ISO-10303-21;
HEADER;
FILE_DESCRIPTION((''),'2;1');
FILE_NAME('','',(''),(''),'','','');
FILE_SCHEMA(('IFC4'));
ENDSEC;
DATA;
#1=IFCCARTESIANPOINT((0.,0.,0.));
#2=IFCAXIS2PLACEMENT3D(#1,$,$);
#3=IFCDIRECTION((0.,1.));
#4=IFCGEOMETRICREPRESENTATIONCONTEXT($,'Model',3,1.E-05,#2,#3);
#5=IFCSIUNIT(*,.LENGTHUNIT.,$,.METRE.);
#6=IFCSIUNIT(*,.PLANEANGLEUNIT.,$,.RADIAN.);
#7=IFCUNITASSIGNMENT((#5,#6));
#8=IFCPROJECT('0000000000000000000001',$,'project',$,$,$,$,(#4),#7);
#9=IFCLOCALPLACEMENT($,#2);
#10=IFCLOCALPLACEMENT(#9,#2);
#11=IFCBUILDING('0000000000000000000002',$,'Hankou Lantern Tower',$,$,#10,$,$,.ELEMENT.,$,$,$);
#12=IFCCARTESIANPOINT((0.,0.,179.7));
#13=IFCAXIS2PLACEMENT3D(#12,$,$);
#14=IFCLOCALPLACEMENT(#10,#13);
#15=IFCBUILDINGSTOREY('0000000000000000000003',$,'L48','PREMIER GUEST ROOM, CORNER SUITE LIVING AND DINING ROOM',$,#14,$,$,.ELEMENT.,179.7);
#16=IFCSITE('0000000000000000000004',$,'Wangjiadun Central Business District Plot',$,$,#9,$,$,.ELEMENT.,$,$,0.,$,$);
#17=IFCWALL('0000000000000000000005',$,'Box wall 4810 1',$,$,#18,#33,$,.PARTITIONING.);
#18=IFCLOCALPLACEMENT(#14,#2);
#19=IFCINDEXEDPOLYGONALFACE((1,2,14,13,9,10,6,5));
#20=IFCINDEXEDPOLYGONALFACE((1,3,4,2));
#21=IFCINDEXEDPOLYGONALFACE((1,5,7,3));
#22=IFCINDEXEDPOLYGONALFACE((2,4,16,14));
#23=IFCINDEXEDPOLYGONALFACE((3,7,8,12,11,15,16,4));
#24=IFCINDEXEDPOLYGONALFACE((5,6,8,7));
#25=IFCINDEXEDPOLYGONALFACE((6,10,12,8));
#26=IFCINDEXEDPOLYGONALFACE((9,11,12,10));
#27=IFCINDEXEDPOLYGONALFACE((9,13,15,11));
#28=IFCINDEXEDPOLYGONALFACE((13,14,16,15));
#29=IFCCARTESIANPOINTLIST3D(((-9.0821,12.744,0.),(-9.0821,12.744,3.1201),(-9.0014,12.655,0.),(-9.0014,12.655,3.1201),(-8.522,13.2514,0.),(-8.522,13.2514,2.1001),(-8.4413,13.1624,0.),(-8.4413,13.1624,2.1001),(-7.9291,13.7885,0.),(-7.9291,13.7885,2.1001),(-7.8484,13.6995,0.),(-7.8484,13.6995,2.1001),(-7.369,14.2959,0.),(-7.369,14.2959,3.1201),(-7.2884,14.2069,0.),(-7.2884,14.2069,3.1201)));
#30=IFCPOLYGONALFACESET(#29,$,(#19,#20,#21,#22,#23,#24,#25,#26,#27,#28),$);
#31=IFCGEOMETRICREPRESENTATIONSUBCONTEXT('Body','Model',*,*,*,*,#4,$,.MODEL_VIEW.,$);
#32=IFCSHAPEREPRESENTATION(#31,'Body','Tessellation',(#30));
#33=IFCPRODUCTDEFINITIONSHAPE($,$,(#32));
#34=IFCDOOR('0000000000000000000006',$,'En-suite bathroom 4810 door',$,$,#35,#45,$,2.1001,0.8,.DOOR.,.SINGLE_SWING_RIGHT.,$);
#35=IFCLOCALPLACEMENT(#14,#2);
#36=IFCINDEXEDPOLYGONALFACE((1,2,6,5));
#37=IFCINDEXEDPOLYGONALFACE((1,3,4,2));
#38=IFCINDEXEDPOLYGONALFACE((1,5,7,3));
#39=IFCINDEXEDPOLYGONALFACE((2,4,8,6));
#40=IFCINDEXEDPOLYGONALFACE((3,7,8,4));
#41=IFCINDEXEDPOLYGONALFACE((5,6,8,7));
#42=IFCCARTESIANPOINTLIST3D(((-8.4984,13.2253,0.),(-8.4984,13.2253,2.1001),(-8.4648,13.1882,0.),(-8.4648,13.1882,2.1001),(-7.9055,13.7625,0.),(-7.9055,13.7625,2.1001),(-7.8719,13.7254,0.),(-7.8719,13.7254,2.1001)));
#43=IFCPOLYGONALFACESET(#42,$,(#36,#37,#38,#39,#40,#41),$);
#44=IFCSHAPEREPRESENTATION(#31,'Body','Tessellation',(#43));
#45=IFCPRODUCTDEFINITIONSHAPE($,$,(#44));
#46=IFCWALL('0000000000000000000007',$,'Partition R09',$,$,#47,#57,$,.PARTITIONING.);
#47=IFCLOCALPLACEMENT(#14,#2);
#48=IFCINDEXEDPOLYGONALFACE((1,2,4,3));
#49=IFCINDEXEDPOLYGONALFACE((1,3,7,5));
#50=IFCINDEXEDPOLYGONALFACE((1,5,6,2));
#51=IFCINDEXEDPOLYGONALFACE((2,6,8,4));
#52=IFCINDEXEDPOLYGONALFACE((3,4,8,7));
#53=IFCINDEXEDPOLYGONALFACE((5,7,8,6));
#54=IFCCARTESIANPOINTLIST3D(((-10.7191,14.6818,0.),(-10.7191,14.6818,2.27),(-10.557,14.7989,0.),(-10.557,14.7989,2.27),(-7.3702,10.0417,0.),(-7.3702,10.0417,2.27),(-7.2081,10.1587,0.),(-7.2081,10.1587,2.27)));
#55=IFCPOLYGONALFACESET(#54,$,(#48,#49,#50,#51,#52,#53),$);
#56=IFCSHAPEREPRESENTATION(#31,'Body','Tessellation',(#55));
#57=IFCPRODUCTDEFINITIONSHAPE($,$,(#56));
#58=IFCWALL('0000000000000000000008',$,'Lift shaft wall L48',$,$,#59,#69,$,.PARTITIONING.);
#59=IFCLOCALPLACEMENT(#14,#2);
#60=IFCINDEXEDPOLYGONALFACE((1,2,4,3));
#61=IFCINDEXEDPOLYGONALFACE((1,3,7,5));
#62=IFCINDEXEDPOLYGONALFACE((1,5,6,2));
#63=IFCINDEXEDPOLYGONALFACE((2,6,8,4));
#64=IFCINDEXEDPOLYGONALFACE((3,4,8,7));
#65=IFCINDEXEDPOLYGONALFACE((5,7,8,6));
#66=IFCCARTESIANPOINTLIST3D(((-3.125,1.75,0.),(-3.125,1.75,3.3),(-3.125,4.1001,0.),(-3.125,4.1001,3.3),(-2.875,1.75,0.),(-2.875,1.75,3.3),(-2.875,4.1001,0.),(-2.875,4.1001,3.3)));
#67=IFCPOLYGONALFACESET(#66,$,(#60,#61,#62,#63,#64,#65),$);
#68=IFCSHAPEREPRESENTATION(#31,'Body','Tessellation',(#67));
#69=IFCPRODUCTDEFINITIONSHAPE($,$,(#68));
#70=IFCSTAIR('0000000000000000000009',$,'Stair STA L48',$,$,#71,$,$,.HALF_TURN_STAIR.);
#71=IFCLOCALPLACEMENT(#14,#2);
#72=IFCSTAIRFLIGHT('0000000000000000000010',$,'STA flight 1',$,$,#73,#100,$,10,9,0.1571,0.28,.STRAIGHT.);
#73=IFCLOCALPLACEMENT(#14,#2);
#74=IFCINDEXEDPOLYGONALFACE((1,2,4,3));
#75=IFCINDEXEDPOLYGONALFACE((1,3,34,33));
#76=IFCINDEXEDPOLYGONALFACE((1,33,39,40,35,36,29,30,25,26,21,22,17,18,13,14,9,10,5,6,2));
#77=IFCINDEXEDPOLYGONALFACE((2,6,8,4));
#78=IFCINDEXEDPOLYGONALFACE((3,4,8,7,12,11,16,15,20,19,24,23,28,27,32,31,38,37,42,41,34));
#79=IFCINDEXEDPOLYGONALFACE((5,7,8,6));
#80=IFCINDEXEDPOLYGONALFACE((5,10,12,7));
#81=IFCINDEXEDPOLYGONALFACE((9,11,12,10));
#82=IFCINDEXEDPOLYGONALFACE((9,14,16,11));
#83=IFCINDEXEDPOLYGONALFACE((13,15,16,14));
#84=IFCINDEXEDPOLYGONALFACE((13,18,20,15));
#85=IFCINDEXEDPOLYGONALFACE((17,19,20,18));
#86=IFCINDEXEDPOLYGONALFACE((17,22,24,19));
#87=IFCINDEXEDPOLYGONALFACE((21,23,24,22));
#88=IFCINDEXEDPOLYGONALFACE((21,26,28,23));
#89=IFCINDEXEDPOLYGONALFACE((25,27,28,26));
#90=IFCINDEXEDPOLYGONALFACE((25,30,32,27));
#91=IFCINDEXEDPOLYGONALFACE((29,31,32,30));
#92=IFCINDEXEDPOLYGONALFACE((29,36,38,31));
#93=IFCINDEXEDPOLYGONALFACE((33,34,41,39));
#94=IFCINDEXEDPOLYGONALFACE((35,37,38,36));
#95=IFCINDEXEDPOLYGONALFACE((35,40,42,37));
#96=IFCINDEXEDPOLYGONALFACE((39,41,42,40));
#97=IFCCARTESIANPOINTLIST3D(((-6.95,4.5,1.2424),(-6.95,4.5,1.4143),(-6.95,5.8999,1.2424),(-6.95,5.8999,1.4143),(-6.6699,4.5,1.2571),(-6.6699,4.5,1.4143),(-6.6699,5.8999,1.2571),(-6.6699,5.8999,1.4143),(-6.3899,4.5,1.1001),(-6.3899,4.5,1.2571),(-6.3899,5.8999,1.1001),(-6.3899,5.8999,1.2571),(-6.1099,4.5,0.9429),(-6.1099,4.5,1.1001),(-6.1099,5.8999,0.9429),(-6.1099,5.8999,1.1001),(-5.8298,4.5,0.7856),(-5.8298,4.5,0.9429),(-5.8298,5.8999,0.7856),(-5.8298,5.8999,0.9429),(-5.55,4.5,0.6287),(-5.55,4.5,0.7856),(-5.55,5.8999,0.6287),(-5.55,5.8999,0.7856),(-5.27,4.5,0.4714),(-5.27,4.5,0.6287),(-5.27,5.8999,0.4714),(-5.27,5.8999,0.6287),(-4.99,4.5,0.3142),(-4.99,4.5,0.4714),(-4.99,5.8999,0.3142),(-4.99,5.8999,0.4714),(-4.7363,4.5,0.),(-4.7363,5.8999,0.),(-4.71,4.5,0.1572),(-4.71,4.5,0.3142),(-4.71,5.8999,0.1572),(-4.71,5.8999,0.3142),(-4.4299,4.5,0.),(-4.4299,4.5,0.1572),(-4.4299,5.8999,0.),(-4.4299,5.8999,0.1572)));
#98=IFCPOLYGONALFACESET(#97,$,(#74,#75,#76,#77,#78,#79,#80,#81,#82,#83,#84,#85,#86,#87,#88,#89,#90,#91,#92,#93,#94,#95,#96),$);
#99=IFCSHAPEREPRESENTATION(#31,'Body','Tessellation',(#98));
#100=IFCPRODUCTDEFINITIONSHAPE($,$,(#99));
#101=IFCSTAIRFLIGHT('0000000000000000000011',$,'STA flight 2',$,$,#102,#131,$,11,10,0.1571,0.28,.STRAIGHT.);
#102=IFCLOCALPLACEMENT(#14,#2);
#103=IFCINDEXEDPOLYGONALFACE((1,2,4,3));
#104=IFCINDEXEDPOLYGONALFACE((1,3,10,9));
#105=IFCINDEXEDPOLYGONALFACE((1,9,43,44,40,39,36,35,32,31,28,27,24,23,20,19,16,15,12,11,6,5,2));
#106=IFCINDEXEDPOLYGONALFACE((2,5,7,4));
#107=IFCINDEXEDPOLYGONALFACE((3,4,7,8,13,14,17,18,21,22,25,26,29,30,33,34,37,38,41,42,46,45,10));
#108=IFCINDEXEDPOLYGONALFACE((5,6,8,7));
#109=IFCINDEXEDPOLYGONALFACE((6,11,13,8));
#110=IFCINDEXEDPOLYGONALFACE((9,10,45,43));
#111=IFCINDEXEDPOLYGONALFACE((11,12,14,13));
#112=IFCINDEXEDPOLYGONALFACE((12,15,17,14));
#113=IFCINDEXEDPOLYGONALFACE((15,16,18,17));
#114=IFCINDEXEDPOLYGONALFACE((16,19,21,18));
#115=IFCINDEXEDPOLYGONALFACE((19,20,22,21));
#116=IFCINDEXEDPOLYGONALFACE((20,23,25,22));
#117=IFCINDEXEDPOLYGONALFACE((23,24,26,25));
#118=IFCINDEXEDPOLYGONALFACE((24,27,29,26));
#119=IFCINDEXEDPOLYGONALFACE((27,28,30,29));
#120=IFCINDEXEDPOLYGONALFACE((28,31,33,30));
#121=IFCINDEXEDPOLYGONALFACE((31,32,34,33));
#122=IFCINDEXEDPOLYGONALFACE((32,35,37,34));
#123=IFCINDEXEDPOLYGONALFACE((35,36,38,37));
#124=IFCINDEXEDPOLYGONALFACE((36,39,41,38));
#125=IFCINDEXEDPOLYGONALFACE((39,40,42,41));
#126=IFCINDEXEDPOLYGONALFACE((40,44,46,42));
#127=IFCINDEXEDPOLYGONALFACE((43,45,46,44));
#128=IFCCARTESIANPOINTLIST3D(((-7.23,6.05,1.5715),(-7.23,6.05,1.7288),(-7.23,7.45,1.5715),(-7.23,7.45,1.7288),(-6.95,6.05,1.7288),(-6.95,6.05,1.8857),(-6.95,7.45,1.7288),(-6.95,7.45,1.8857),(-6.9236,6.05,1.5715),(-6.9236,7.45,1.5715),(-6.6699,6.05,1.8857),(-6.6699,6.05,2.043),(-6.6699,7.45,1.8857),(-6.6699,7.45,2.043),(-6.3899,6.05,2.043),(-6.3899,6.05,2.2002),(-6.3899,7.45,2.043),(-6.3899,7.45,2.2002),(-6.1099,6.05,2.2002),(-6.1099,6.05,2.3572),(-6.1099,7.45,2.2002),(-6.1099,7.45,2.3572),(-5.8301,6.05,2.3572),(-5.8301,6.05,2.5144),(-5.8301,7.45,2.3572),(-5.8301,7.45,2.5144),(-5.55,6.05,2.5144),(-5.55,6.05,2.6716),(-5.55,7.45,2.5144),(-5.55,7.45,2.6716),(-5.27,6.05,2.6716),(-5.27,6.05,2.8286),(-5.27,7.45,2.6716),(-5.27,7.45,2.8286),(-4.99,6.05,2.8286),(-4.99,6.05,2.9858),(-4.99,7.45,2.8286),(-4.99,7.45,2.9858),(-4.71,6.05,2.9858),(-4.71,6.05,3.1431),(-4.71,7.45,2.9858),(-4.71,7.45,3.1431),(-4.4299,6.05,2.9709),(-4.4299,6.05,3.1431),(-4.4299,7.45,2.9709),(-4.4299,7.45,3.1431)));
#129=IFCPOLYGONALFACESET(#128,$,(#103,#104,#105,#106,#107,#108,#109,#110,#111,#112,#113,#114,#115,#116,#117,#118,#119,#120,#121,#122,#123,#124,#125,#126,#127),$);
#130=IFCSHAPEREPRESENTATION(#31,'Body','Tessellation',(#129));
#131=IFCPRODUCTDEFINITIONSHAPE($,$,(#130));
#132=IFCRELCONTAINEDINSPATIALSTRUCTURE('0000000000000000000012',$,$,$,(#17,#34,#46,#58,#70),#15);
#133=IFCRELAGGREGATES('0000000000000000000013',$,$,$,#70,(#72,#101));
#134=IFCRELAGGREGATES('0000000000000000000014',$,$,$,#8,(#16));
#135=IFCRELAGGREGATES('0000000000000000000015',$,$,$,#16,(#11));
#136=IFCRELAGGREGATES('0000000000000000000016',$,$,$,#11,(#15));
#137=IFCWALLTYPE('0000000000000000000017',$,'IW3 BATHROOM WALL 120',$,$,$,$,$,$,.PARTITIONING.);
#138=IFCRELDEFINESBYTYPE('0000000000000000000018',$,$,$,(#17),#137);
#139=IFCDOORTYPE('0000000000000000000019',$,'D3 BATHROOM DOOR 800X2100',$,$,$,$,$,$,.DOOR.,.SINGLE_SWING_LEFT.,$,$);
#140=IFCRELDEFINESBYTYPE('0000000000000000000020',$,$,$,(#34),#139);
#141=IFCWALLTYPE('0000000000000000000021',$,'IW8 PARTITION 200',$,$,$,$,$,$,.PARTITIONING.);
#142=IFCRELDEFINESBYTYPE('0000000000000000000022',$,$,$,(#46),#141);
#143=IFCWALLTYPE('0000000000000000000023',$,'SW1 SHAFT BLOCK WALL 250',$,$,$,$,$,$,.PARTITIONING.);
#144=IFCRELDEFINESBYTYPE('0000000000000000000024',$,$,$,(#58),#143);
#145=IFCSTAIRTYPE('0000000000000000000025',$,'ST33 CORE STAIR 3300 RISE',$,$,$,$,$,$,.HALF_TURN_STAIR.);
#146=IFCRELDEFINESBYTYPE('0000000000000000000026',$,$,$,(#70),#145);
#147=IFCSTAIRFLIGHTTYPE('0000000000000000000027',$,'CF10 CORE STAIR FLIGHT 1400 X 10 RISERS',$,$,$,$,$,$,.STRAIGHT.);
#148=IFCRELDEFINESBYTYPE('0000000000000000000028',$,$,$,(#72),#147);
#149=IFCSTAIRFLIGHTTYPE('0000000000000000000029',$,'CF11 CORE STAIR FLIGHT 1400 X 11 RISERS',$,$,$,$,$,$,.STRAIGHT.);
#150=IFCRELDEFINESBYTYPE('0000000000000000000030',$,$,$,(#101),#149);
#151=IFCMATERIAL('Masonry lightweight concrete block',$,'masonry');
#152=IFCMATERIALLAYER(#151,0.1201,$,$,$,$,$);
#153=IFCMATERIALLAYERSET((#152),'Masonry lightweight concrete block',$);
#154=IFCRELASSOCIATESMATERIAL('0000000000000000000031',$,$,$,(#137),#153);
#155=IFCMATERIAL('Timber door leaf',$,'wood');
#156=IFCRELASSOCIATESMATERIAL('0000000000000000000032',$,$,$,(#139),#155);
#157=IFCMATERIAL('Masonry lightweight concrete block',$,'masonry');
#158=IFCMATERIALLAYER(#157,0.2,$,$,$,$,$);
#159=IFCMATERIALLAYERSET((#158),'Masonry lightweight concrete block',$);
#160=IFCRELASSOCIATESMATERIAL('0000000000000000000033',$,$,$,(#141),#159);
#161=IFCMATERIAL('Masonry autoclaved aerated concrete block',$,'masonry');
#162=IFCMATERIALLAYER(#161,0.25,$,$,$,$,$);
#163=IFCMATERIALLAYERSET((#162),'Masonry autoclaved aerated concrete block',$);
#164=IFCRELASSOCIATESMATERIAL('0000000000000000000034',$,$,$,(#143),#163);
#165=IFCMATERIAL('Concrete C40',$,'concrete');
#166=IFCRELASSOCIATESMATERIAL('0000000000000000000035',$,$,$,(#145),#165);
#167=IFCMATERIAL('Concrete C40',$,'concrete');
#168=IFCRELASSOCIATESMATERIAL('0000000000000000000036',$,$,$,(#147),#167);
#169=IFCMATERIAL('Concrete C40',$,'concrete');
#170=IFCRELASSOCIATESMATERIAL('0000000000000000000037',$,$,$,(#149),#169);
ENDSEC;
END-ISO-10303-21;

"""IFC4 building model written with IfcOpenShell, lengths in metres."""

from ifc_helpers import new_model, si_unit, direction, frame, frame_2d, origin, place, context, subcontext, project, spatial, polyline, rectangle, outline, extrude, material, layer, layer_set, type_object, element, fill, aggregate, save


model = new_model("IFC4")

# Units and contexts
model_context = context("Model", 3, precision=1e-05, world=origin(), true_north=direction((0.0, 1.0)))
body_context = subcontext(model_context, "Body", "Model", "MODEL_VIEW")
ifc_project = project(units=[si_unit("LENGTHUNIT", "METRE"), si_unit("PLANEANGLEUNIT", "RADIAN")], contexts=[model_context])

# Site, building, storey
site_placement = place(None, origin())
site = spatial("IfcSite", under=ifc_project, at=site_placement, Name="Wangjiadun Central Business District Plot", CompositionType="ELEMENT", RefElevation=0.0)
building_placement = place(site_placement, origin())
building = spatial("IfcBuilding", under=site, at=building_placement, Name="Hankou Lantern Tower", CompositionType="ELEMENT")
storey_placement = place(building_placement, frame((0.0, 0.0, 179.7)))
storey = spatial("IfcBuildingStorey", under=building, at=storey_placement, Name="L48", Description="PREMIER GUEST ROOM, CORNER SUITE LIVING AND DINING ROOM", CompositionType="ELEMENT", Elevation=179.7)

# Wall, opening, door
ifc_material_1 = material(Name="Masonry lightweight concrete block", Category="masonry")
ifc_layer_1 = layer(ifc_material_1, 0.1201)
ifc_layer_set_1 = layer_set([ifc_layer_1], Name="Masonry lightweight concrete block")
wall_type_1 = type_object("IfcWallType", Name="IW3 BATHROOM WALL 120", PredefinedType="PARTITIONING", material=ifc_layer_set_1)
wall_1_placement = place(storey_placement, frame((-9.0417, 12.6995, 0.0), z_axis=(0.0, 0.0, 1.0), x_axis=(0.7411, 0.671394, 0.0)))
wall_1 = element("IfcWall", 1, at=wall_1_placement, inside=storey, type_object=wall_type_1, Name="Box wall 4810 1", PredefinedType="PARTITIONING", context=body_context, shape_type="SweptSolid", body=[
    extrude(rectangle(XDim=2.3115, YDim=0.1201, at=frame_2d((1.1558, 0.0))), origin(), (0.0, 0.0, 1.0), 3.1201),
])
opening_1_placement = place(wall_1_placement, frame((0.7559, 0.0, 0.0)))
opening_1 = element("IfcOpeningElement", 2, at=opening_1_placement, cuts=wall_1, PredefinedType="OPENING", context=body_context, shape_type="SweptSolid", body=[
    extrude(rectangle(XDim=0.8, YDim=2.1001, at=frame_2d((0.3999, 1.05))), frame((0.0, 0.0701, 0.0), z_axis=(0.0, -1.0, 0.0), x_axis=(1.0, 0.0, 0.0)), (0.0, 0.0, 1.0), 0.1401),
])
ifc_material_2 = material(Name="Timber door leaf", Category="wood")
door_type_1 = type_object("IfcDoorType", Name="D3 BATHROOM DOOR 800X2100", OperationType="SINGLE_SWING_LEFT", PredefinedType="DOOR", material=ifc_material_2)
door_1_placement = place(opening_1_placement, origin())
door_1 = element("IfcDoor", 3, at=door_1_placement, inside=storey, type_object=door_type_1, Name="En-suite bathroom 4810 door", OperationType="SINGLE_SWING_RIGHT", OverallHeight=2.1001, OverallWidth=0.8, PredefinedType="DOOR", context=body_context, shape_type="SweptSolid", body=[
    extrude(rectangle(XDim=0.8, YDim=2.1001, at=frame_2d((0.3999, 1.05))), frame((0.0, 0.0249, 0.0), z_axis=(0.0, -1.0, 0.0), x_axis=(1.0, 0.0, 0.0)), (0.0, 0.0, 1.0), 0.05),
])
fill(opening_1, door_1)

# Walls
ifc_material_3 = material(Name="Masonry lightweight concrete block", Category="masonry")
ifc_layer_2 = layer(ifc_material_3, 0.2)
ifc_layer_set_2 = layer_set([ifc_layer_2], Name="Masonry lightweight concrete block")
wall_type_2 = type_object("IfcWallType", Name="IW8 PARTITION 200", PredefinedType="PARTITIONING", material=ifc_layer_set_2)
wall_2_placement = place(storey_placement, frame((-7.2891, 10.1001, 0.0), z_axis=(0.0, 0.0, 1.0), x_axis=(-0.585223, 0.810873, 0.0)))
element("IfcWall", 4, at=wall_2_placement, inside=storey, type_object=wall_type_2, Name="Partition R09", PredefinedType="PARTITIONING", context=body_context, shape_type="SweptSolid", body=[
    extrude(rectangle(XDim=5.7224, YDim=0.2, at=frame_2d((2.8613, 0.0))), origin(), (0.0, 0.0, 1.0), 2.27),
])
ifc_material_4 = material(Name="Masonry autoclaved aerated concrete block", Category="masonry")
ifc_layer_3 = layer(ifc_material_4, 0.25)
ifc_layer_set_3 = layer_set([ifc_layer_3], Name="Masonry autoclaved aerated concrete block")
wall_type_3 = type_object("IfcWallType", Name="SW1 SHAFT BLOCK WALL 250", PredefinedType="PARTITIONING", material=ifc_layer_set_3)
wall_3_placement = place(storey_placement, frame((-3.0, 1.75, 0.0), z_axis=(0.0, 0.0, 1.0), x_axis=(0.0, 1.0, 0.0)))
element("IfcWall", 5, at=wall_3_placement, inside=storey, type_object=wall_type_3, Name="Lift shaft wall L48", PredefinedType="PARTITIONING", context=body_context, shape_type="SweptSolid", body=[
    extrude(rectangle(XDim=2.3501, YDim=0.25, at=frame_2d((1.175, 0.0))), origin(), (0.0, 0.0, 1.0), 3.3),
])

# Stair, stair flights
ifc_material_5 = material(Name="Concrete C40", Category="concrete")
stair_type = type_object("IfcStairType", Name="ST33 CORE STAIR 3300 RISE", PredefinedType="HALF_TURN_STAIR", material=ifc_material_5)
stair_placement = place(storey_placement, origin())
stair = element("IfcStair", 6, at=stair_placement, inside=storey, type_object=stair_type, Name="Stair STA L48", PredefinedType="HALF_TURN_STAIR")
ifc_material_6 = material(Name="Concrete C40", Category="concrete")
stair_flight_type_1 = type_object("IfcStairFlightType", Name="CF10 CORE STAIR FLIGHT 1400 X 10 RISERS", PredefinedType="STRAIGHT", material=ifc_material_6)
stair_flight_1_placement = place(storey_placement, frame((-4.4299, 5.2, 0.0), z_axis=(0.0, 0.0, 1.0), x_axis=(-1.0, 0.0, 0.0)))
stair_flight_1 = element("IfcStairFlight", 7, at=stair_flight_1_placement, type_object=stair_flight_type_1, Name="STA flight 1", NumberOfRisers=10, NumberOfTreads=9, PredefinedType="STRAIGHT", RiserHeight=0.1571, TreadLength=0.28, context=body_context, shape_type="SweptSolid", body=[
    extrude(outline(polyline([(0.0, 0.0), (0.0, 0.1572), (0.28, 0.1572), (0.28, 0.3142), (0.5601, 0.3142), (0.5601, 0.4714), (0.8401, 0.4714), (0.8401, 0.6287), (1.1201, 0.6287), (1.1201, 0.7856), (1.3999, 0.7856), (1.3999, 0.9429), (1.6799, 0.9429), (1.6799, 1.1001), (1.96, 1.1001), (1.96, 1.2571), (2.24, 1.2571), (2.24, 1.4143), (2.52, 1.4143), (2.52, 1.5715), (2.52, 1.2424), (0.3064, 0.0), (0.0, 0.0)])), frame((0.0, 0.7, 0.0), z_axis=(0.0, -1.0, 0.0), x_axis=(1.0, 0.0, 0.0)), (0.0, 0.0, 1.0), 1.3999),
])
ifc_material_7 = material(Name="Concrete C40", Category="concrete")
stair_flight_type_2 = type_object("IfcStairFlightType", Name="CF11 CORE STAIR FLIGHT 1400 X 11 RISERS", PredefinedType="STRAIGHT", material=ifc_material_7)
stair_flight_2_placement = place(storey_placement, frame((-7.23, 6.75, 1.5715), z_axis=(0.0, 0.0, 1.0), x_axis=(1.0, 0.0, 0.0)))
stair_flight_2 = element("IfcStairFlight", 8, at=stair_flight_2_placement, type_object=stair_flight_type_2, Name="STA flight 2", NumberOfRisers=11, NumberOfTreads=10, PredefinedType="STRAIGHT", RiserHeight=0.1571, TreadLength=0.28, context=body_context, shape_type="SweptSolid", body=[
    extrude(outline(polyline([(0.0, 0.0), (0.0, 0.1572), (0.28, 0.1572), (0.28, 0.3142), (0.5601, 0.3142), (0.5601, 0.4714), (0.8401, 0.4714), (0.8401, 0.6287), (1.1201, 0.6287), (1.1201, 0.7856), (1.3999, 0.7856), (1.3999, 0.9429), (1.6799, 0.9429), (1.6799, 1.1001), (1.96, 1.1001), (1.96, 1.2571), (2.24, 1.2571), (2.24, 1.4143), (2.52, 1.4143), (2.52, 1.5715), (2.8, 1.5715), (2.8, 1.7285), (2.8, 1.3994), (0.3064, 0.0), (0.0, 0.0)])), frame((0.0, 0.7, 0.0), z_axis=(0.0, -1.0, 0.0), x_axis=(1.0, 0.0, 0.0)), (0.0, 0.0, 1.0), 1.3999),
])
aggregate(stair, [stair_flight_1, stair_flight_2])

save(model, "model.ifc")
